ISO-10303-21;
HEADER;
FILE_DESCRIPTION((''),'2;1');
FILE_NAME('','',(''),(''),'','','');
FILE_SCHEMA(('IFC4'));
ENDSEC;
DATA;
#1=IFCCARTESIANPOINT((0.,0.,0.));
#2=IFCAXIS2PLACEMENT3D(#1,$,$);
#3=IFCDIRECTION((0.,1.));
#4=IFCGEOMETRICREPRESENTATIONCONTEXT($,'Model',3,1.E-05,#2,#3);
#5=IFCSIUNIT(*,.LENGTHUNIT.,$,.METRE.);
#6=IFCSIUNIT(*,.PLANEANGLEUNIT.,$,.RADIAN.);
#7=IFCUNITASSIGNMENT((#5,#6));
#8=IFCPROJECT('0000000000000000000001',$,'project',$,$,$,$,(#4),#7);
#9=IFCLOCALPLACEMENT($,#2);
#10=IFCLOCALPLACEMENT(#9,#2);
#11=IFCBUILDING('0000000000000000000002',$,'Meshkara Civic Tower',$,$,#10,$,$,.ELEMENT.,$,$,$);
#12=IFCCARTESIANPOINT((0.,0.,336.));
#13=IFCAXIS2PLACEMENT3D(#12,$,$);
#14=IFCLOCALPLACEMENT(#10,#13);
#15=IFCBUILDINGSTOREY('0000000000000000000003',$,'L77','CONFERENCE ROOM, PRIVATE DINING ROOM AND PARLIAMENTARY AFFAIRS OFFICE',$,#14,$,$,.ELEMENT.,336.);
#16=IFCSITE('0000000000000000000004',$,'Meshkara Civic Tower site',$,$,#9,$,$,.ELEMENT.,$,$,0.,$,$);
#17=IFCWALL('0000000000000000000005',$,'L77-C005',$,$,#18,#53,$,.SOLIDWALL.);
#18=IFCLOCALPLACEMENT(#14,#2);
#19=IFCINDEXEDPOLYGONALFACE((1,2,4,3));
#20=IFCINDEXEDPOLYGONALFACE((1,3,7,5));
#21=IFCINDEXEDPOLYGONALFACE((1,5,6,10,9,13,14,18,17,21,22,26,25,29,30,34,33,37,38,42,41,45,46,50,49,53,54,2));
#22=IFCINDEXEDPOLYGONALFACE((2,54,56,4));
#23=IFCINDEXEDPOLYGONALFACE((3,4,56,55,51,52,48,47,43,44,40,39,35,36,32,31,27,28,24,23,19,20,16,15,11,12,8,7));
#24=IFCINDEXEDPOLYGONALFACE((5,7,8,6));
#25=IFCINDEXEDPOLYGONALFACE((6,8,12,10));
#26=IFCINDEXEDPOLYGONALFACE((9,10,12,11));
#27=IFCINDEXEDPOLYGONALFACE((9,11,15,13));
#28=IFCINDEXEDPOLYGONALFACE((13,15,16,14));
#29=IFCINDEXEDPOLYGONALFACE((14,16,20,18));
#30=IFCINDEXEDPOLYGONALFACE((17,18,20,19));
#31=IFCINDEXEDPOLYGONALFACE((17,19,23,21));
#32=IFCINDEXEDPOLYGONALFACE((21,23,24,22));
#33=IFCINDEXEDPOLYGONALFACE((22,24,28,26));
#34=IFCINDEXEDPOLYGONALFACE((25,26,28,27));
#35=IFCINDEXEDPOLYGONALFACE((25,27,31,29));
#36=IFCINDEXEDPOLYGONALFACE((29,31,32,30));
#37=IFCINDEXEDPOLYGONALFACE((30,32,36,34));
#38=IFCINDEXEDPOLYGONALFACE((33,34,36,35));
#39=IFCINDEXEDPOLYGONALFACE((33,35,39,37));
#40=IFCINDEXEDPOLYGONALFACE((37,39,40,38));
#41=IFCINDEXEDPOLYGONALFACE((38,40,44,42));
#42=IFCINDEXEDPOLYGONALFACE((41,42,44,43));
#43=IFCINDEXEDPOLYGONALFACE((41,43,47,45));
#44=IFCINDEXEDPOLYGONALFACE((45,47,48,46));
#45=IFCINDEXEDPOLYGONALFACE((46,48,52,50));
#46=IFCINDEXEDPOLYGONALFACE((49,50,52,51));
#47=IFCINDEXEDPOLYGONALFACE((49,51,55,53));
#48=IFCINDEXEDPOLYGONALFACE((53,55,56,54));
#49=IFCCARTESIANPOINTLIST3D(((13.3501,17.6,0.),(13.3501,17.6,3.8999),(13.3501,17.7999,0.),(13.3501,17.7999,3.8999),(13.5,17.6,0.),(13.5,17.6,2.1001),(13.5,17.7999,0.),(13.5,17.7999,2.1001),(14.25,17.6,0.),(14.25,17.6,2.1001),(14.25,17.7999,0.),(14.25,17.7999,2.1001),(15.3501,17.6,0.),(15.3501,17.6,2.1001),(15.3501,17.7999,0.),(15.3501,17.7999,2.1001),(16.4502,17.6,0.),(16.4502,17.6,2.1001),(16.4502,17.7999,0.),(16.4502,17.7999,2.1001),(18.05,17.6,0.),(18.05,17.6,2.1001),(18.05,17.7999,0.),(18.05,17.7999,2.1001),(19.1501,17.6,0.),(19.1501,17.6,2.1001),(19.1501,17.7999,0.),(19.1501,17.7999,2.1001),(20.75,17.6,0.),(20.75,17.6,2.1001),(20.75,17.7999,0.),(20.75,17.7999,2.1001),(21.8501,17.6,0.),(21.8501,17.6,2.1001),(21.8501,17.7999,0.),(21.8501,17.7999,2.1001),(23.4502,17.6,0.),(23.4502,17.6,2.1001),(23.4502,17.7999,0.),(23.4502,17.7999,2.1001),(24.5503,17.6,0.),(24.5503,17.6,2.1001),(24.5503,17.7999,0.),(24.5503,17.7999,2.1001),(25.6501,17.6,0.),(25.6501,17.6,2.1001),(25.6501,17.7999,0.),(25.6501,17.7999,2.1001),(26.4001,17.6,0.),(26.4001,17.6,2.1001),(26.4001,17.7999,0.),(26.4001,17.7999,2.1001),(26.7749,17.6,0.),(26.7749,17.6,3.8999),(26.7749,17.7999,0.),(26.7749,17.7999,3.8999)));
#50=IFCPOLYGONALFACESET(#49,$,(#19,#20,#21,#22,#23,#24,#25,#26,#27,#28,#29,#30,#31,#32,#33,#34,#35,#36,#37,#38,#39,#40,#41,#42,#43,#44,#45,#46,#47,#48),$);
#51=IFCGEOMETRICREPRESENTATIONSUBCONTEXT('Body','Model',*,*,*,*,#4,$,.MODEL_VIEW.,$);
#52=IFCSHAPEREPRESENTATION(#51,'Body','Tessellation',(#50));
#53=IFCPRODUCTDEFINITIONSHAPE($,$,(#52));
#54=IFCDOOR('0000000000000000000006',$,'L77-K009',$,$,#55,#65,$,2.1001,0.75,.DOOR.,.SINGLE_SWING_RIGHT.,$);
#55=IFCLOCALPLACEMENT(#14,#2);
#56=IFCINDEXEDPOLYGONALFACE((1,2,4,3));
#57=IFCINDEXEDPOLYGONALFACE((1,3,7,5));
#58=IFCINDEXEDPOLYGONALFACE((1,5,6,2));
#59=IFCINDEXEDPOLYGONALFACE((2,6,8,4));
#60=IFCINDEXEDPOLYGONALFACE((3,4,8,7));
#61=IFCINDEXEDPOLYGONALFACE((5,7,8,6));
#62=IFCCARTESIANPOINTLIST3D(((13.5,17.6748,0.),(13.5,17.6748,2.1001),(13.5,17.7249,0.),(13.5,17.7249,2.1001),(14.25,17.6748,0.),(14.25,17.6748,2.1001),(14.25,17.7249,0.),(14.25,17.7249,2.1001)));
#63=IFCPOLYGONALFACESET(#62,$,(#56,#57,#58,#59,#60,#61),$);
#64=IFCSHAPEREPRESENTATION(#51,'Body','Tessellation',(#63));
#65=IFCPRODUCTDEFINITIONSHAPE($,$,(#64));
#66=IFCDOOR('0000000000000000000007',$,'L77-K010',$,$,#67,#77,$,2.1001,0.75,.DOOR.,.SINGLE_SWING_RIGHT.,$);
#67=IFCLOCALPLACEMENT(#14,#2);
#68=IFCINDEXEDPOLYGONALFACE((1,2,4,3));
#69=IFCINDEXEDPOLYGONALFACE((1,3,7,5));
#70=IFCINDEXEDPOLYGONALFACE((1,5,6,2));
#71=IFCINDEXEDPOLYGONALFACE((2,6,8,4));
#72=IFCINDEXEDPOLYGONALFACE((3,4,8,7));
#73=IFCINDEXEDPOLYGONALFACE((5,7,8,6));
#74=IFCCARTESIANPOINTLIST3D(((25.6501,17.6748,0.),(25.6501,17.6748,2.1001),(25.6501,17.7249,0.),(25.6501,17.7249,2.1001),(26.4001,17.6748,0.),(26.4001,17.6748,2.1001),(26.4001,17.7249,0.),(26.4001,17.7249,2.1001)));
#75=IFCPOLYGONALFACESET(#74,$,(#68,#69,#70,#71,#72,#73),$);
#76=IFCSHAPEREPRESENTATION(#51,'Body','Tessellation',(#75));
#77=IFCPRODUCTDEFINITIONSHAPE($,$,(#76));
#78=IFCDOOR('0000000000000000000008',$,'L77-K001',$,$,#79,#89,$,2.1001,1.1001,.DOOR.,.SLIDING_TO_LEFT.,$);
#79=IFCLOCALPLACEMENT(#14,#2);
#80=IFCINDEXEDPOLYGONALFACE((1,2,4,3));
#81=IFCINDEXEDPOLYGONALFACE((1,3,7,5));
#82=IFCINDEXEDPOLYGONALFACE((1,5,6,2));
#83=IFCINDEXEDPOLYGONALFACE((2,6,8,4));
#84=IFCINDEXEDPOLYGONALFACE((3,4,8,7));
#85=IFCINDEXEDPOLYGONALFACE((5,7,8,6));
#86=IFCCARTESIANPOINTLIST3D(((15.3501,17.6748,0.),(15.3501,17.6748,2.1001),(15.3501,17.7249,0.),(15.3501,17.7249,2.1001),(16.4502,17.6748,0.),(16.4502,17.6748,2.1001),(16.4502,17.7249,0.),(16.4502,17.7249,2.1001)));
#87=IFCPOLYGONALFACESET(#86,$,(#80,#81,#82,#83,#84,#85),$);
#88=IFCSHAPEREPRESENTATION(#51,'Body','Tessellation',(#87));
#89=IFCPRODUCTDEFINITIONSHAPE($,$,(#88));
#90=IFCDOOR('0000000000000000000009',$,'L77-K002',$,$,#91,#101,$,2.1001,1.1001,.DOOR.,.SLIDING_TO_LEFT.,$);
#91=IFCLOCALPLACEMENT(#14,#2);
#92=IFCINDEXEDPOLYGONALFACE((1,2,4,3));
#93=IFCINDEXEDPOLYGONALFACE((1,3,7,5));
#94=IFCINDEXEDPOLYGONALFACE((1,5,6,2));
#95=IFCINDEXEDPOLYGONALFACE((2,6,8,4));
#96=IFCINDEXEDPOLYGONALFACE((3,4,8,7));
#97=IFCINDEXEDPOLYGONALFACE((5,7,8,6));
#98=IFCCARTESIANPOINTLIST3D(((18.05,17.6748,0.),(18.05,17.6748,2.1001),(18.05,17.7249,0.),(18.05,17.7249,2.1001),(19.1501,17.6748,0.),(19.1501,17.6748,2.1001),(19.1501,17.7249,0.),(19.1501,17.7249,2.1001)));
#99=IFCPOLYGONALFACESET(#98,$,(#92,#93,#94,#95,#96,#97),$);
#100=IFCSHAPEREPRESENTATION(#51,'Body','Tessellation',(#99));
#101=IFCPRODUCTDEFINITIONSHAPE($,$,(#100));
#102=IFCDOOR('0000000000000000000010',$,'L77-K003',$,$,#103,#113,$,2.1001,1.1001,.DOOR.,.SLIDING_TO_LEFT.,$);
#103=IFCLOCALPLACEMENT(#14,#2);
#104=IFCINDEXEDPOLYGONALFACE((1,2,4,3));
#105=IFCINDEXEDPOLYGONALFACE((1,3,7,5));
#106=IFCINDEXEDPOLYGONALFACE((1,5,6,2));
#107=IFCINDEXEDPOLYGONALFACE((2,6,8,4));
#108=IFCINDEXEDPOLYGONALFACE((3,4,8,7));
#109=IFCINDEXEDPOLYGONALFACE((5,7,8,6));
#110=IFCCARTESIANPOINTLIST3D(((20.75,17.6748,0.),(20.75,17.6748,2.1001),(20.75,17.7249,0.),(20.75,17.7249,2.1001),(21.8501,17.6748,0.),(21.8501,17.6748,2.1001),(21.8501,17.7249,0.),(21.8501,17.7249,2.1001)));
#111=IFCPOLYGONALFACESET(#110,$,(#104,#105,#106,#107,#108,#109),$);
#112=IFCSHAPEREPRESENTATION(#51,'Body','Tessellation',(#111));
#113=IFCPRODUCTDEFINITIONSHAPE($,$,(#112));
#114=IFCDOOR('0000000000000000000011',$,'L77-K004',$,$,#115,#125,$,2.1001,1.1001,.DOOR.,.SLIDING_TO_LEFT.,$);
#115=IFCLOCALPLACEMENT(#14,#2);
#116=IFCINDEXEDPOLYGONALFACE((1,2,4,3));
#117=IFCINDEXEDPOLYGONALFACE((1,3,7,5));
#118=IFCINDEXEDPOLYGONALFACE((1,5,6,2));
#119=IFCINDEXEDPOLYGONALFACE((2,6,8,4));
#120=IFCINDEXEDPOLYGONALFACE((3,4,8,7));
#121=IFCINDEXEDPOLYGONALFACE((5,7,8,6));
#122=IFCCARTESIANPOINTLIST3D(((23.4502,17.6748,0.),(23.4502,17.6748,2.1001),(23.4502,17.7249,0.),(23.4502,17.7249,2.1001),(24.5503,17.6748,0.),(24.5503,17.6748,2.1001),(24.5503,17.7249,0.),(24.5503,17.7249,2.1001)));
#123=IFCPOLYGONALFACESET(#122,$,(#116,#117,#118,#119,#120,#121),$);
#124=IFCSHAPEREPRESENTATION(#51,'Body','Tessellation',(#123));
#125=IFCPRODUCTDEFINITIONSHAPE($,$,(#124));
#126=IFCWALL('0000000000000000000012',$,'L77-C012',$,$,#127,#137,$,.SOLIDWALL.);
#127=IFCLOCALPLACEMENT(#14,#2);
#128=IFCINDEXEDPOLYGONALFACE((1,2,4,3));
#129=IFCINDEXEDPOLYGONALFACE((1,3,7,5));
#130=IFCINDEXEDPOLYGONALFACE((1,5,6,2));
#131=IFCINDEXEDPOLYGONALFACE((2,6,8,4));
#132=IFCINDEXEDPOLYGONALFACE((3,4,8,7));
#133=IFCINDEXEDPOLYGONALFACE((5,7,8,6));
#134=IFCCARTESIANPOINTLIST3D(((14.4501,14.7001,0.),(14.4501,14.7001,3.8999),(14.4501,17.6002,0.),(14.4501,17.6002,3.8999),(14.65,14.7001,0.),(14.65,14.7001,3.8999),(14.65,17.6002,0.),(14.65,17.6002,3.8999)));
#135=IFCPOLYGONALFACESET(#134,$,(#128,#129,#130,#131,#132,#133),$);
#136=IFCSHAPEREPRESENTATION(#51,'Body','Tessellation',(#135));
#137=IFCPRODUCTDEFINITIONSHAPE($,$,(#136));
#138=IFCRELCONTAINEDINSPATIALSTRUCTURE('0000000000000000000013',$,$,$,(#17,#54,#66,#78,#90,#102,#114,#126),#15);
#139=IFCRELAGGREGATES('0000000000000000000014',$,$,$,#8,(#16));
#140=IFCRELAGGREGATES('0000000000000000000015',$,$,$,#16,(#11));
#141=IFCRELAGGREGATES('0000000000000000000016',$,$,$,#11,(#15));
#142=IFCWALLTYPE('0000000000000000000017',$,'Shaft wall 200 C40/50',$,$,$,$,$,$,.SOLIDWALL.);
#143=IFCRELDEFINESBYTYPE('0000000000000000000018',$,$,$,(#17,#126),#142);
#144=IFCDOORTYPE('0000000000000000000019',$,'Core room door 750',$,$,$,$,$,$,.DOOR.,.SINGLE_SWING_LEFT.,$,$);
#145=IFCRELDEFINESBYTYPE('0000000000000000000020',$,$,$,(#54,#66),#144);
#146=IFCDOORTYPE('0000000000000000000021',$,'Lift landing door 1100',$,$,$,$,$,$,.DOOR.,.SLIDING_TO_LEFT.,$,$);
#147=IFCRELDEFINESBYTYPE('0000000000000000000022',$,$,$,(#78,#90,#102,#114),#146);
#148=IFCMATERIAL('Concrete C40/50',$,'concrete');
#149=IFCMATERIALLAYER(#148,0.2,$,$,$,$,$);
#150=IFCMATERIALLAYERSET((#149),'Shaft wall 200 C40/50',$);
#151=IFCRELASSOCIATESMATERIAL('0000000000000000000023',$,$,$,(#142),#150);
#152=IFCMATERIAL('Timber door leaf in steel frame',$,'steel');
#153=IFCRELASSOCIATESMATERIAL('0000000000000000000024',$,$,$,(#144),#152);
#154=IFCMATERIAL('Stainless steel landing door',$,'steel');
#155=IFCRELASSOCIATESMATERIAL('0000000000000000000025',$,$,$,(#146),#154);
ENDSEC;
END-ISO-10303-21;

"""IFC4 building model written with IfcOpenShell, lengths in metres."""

from ifc_helpers import new_model, si_unit, direction, frame, frame_2d, origin, place, context, subcontext, project, spatial, rectangle, extrude, material, layer, layer_set, type_object, element, fill, save


model = new_model("IFC4")

# Units and contexts
model_context = context("Model", 3, precision=1e-05, world=origin(), true_north=direction((0.0, 1.0)))
body_context = subcontext(model_context, "Body", "Model", "MODEL_VIEW")
ifc_project = project(units=[si_unit("LENGTHUNIT", "METRE"), si_unit("PLANEANGLEUNIT", "RADIAN")], contexts=[model_context])

# Site, building, storey
site_placement = place(None, origin())
site = spatial("IfcSite", under=ifc_project, at=site_placement, Name="Meshkara Civic Tower site", CompositionType="ELEMENT", RefElevation=0.0)
building_placement = place(site_placement, origin())
building = spatial("IfcBuilding", under=site, at=building_placement, Name="Meshkara Civic Tower", CompositionType="ELEMENT")
storey_placement = place(building_placement, frame((0.0, 0.0, 336.0)))
storey = spatial("IfcBuildingStorey", under=building, at=storey_placement, Name="L77", Description="CONFERENCE ROOM, PRIVATE DINING ROOM AND PARLIAMENTARY AFFAIRS OFFICE", CompositionType="ELEMENT", Elevation=336.0)

# Wall, openings, doors
ifc_material_1 = material(Name="Concrete C40/50", Category="concrete")
ifc_layer_1 = layer(ifc_material_1, 0.2)
ifc_layer_set_1 = layer_set([ifc_layer_1], Name="Shaft wall 200 C40/50")
wall_type_1 = type_object("IfcWallType", Name="Shaft wall 200 C40/50", PredefinedType="SOLIDWALL", material=ifc_layer_set_1)
wall_1_placement = place(storey_placement, frame((13.3501, 17.7, 0.0), z_axis=(0.0, 0.0, 1.0), x_axis=(1.0, 0.0, 0.0)))
wall_1 = element("IfcWall", 1, at=wall_1_placement, inside=storey, type_object=wall_type_1, Name="L77-C005", PredefinedType="SOLIDWALL", context=body_context, shape_type="SweptSolid", body=[
    extrude(rectangle(XDim=13.4248, YDim=0.2, at=frame_2d((6.7124, 0.0))), origin(), (0.0, 0.0, 1.0), 3.8999),
])
opening_1_placement = place(wall_1_placement, frame((2.0, 0.0, 0.0)))
opening_1 = element("IfcOpeningElement", 2, at=opening_1_placement, cuts=wall_1, PredefinedType="OPENING", context=body_context, shape_type="SweptSolid", body=[
    extrude(rectangle(XDim=1.1001, YDim=2.1001, at=frame_2d((0.55, 1.05))), frame((0.0, 0.1099, 0.0), z_axis=(0.0, -1.0, 0.0), x_axis=(1.0, 0.0, 0.0)), (0.0, 0.0, 1.0), 0.22),
])
opening_2_placement = place(wall_1_placement, frame((4.7, 0.0, 0.0)))
opening_2 = element("IfcOpeningElement", 3, at=opening_2_placement, cuts=wall_1, PredefinedType="OPENING", context=body_context, shape_type="SweptSolid", body=[
    extrude(rectangle(XDim=1.1001, YDim=2.1001, at=frame_2d((0.55, 1.05))), frame((0.0, 0.1099, 0.0), z_axis=(0.0, -1.0, 0.0), x_axis=(1.0, 0.0, 0.0)), (0.0, 0.0, 1.0), 0.22),
])
opening_3_placement = place(wall_1_placement, frame((7.3999, 0.0, 0.0)))
opening_3 = element("IfcOpeningElement", 4, at=opening_3_placement, cuts=wall_1, PredefinedType="OPENING", context=body_context, shape_type="SweptSolid", body=[
    extrude(rectangle(XDim=1.1001, YDim=2.1001, at=frame_2d((0.55, 1.05))), frame((0.0, 0.1099, 0.0), z_axis=(0.0, -1.0, 0.0), x_axis=(1.0, 0.0, 0.0)), (0.0, 0.0, 1.0), 0.22),
])
opening_4_placement = place(wall_1_placement, frame((10.1001, 0.0, 0.0)))
opening_4 = element("IfcOpeningElement", 5, at=opening_4_placement, cuts=wall_1, PredefinedType="OPENING", context=body_context, shape_type="SweptSolid", body=[
    extrude(rectangle(XDim=1.1001, YDim=2.1001, at=frame_2d((0.55, 1.05))), frame((0.0, 0.1099, 0.0), z_axis=(0.0, -1.0, 0.0), x_axis=(1.0, 0.0, 0.0)), (0.0, 0.0, 1.0), 0.22),
])
opening_5_placement = place(wall_1_placement, frame((0.1499, 0.0, 0.0)))
opening_5 = element("IfcOpeningElement", 6, at=opening_5_placement, cuts=wall_1, PredefinedType="OPENING", context=body_context, shape_type="SweptSolid", body=[
    extrude(rectangle(XDim=0.75, YDim=2.1001, at=frame_2d((0.375, 1.05))), frame((0.0, 0.1099, 0.0), z_axis=(0.0, -1.0, 0.0), x_axis=(1.0, 0.0, 0.0)), (0.0, 0.0, 1.0), 0.22),
])
opening_6_placement = place(wall_1_placement, frame((12.3, 0.0, 0.0)))
opening_6 = element("IfcOpeningElement", 7, at=opening_6_placement, cuts=wall_1, PredefinedType="OPENING", context=body_context, shape_type="SweptSolid", body=[
    extrude(rectangle(XDim=0.75, YDim=2.1001, at=frame_2d((0.375, 1.05))), frame((0.0, 0.1099, 0.0), z_axis=(0.0, -1.0, 0.0), x_axis=(1.0, 0.0, 0.0)), (0.0, 0.0, 1.0), 0.22),
])
ifc_material_2 = material(Name="Timber door leaf in steel frame", Category="steel")
door_type_1 = type_object("IfcDoorType", Name="Core room door 750", OperationType="SINGLE_SWING_LEFT", PredefinedType="DOOR", material=ifc_material_2)
door_1_placement = place(opening_5_placement, origin())
door_1 = element("IfcDoor", 8, at=door_1_placement, inside=storey, type_object=door_type_1, Name="L77-K009", OperationType="SINGLE_SWING_RIGHT", OverallHeight=2.1001, OverallWidth=0.75, PredefinedType="DOOR", context=body_context, shape_type="SweptSolid", body=[
    extrude(rectangle(XDim=0.75, YDim=2.1001, at=frame_2d((0.375, 1.05))), frame((0.0, 0.0249, 0.0), z_axis=(0.0, -1.0, 0.0), x_axis=(1.0, 0.0, 0.0)), (0.0, 0.0, 1.0), 0.05),
])
fill(opening_5, door_1)
door_2_placement = place(opening_6_placement, origin())
door_2 = element("IfcDoor", 9, at=door_2_placement, inside=storey, type_object=door_type_1, Name="L77-K010", OperationType="SINGLE_SWING_RIGHT", OverallHeight=2.1001, OverallWidth=0.75, PredefinedType="DOOR", context=body_context, shape_type="SweptSolid", body=[
    extrude(rectangle(XDim=0.75, YDim=2.1001, at=frame_2d((0.375, 1.05))), frame((0.0, 0.0249, 0.0), z_axis=(0.0, -1.0, 0.0), x_axis=(1.0, 0.0, 0.0)), (0.0, 0.0, 1.0), 0.05),
])
fill(opening_6, door_2)
ifc_material_3 = material(Name="Stainless steel landing door", Category="steel")
door_type_2 = type_object("IfcDoorType", Name="Lift landing door 1100", OperationType="SLIDING_TO_LEFT", PredefinedType="DOOR", material=ifc_material_3)
door_3_placement = place(opening_1_placement, origin())
door_3 = element("IfcDoor", 10, at=door_3_placement, inside=storey, type_object=door_type_2, Name="L77-K001", OperationType="SLIDING_TO_LEFT", OverallHeight=2.1001, OverallWidth=1.1001, PredefinedType="DOOR", context=body_context, shape_type="SweptSolid", body=[
    extrude(rectangle(XDim=1.1001, YDim=2.1001, at=frame_2d((0.55, 1.05))), frame((0.0, 0.0249, 0.0), z_axis=(0.0, -1.0, 0.0), x_axis=(1.0, 0.0, 0.0)), (0.0, 0.0, 1.0), 0.05),
])
fill(opening_1, door_3)
door_4_placement = place(opening_2_placement, origin())
door_4 = element("IfcDoor", 11, at=door_4_placement, inside=storey, type_object=door_type_2, Name="L77-K002", OperationType="SLIDING_TO_LEFT", OverallHeight=2.1001, OverallWidth=1.1001, PredefinedType="DOOR", context=body_context, shape_type="SweptSolid", body=[
    extrude(rectangle(XDim=1.1001, YDim=2.1001, at=frame_2d((0.55, 1.05))), frame((0.0, 0.0249, 0.0), z_axis=(0.0, -1.0, 0.0), x_axis=(1.0, 0.0, 0.0)), (0.0, 0.0, 1.0), 0.05),
])
fill(opening_2, door_4)
door_5_placement = place(opening_3_placement, origin())
door_5 = element("IfcDoor", 12, at=door_5_placement, inside=storey, type_object=door_type_2, Name="L77-K003", OperationType="SLIDING_TO_LEFT", OverallHeight=2.1001, OverallWidth=1.1001, PredefinedType="DOOR", context=body_context, shape_type="SweptSolid", body=[
    extrude(rectangle(XDim=1.1001, YDim=2.1001, at=frame_2d((0.55, 1.05))), frame((0.0, 0.0249, 0.0), z_axis=(0.0, -1.0, 0.0), x_axis=(1.0, 0.0, 0.0)), (0.0, 0.0, 1.0), 0.05),
])
fill(opening_3, door_5)
door_6_placement = place(opening_4_placement, origin())
door_6 = element("IfcDoor", 13, at=door_6_placement, inside=storey, type_object=door_type_2, Name="L77-K004", OperationType="SLIDING_TO_LEFT", OverallHeight=2.1001, OverallWidth=1.1001, PredefinedType="DOOR", context=body_context, shape_type="SweptSolid", body=[
    extrude(rectangle(XDim=1.1001, YDim=2.1001, at=frame_2d((0.55, 1.05))), frame((0.0, 0.0249, 0.0), z_axis=(0.0, -1.0, 0.0), x_axis=(1.0, 0.0, 0.0)), (0.0, 0.0, 1.0), 0.05),
])
fill(opening_4, door_6)

# Wall
wall_2_placement = place(storey_placement, frame((14.55, 14.7, 0.0), z_axis=(0.0, 0.0, 1.0), x_axis=(0.0, 1.0, 0.0)))
element("IfcWall", 14, at=wall_2_placement, inside=storey, type_object=wall_type_1, Name="L77-C012", PredefinedType="SOLIDWALL", context=body_context, shape_type="SweptSolid", body=[
    extrude(rectangle(XDim=2.9001, YDim=0.2, at=frame_2d((1.4502, 0.0))), origin(), (0.0, 0.0, 1.0), 3.8999),
])

save(model, "model.ifc")
